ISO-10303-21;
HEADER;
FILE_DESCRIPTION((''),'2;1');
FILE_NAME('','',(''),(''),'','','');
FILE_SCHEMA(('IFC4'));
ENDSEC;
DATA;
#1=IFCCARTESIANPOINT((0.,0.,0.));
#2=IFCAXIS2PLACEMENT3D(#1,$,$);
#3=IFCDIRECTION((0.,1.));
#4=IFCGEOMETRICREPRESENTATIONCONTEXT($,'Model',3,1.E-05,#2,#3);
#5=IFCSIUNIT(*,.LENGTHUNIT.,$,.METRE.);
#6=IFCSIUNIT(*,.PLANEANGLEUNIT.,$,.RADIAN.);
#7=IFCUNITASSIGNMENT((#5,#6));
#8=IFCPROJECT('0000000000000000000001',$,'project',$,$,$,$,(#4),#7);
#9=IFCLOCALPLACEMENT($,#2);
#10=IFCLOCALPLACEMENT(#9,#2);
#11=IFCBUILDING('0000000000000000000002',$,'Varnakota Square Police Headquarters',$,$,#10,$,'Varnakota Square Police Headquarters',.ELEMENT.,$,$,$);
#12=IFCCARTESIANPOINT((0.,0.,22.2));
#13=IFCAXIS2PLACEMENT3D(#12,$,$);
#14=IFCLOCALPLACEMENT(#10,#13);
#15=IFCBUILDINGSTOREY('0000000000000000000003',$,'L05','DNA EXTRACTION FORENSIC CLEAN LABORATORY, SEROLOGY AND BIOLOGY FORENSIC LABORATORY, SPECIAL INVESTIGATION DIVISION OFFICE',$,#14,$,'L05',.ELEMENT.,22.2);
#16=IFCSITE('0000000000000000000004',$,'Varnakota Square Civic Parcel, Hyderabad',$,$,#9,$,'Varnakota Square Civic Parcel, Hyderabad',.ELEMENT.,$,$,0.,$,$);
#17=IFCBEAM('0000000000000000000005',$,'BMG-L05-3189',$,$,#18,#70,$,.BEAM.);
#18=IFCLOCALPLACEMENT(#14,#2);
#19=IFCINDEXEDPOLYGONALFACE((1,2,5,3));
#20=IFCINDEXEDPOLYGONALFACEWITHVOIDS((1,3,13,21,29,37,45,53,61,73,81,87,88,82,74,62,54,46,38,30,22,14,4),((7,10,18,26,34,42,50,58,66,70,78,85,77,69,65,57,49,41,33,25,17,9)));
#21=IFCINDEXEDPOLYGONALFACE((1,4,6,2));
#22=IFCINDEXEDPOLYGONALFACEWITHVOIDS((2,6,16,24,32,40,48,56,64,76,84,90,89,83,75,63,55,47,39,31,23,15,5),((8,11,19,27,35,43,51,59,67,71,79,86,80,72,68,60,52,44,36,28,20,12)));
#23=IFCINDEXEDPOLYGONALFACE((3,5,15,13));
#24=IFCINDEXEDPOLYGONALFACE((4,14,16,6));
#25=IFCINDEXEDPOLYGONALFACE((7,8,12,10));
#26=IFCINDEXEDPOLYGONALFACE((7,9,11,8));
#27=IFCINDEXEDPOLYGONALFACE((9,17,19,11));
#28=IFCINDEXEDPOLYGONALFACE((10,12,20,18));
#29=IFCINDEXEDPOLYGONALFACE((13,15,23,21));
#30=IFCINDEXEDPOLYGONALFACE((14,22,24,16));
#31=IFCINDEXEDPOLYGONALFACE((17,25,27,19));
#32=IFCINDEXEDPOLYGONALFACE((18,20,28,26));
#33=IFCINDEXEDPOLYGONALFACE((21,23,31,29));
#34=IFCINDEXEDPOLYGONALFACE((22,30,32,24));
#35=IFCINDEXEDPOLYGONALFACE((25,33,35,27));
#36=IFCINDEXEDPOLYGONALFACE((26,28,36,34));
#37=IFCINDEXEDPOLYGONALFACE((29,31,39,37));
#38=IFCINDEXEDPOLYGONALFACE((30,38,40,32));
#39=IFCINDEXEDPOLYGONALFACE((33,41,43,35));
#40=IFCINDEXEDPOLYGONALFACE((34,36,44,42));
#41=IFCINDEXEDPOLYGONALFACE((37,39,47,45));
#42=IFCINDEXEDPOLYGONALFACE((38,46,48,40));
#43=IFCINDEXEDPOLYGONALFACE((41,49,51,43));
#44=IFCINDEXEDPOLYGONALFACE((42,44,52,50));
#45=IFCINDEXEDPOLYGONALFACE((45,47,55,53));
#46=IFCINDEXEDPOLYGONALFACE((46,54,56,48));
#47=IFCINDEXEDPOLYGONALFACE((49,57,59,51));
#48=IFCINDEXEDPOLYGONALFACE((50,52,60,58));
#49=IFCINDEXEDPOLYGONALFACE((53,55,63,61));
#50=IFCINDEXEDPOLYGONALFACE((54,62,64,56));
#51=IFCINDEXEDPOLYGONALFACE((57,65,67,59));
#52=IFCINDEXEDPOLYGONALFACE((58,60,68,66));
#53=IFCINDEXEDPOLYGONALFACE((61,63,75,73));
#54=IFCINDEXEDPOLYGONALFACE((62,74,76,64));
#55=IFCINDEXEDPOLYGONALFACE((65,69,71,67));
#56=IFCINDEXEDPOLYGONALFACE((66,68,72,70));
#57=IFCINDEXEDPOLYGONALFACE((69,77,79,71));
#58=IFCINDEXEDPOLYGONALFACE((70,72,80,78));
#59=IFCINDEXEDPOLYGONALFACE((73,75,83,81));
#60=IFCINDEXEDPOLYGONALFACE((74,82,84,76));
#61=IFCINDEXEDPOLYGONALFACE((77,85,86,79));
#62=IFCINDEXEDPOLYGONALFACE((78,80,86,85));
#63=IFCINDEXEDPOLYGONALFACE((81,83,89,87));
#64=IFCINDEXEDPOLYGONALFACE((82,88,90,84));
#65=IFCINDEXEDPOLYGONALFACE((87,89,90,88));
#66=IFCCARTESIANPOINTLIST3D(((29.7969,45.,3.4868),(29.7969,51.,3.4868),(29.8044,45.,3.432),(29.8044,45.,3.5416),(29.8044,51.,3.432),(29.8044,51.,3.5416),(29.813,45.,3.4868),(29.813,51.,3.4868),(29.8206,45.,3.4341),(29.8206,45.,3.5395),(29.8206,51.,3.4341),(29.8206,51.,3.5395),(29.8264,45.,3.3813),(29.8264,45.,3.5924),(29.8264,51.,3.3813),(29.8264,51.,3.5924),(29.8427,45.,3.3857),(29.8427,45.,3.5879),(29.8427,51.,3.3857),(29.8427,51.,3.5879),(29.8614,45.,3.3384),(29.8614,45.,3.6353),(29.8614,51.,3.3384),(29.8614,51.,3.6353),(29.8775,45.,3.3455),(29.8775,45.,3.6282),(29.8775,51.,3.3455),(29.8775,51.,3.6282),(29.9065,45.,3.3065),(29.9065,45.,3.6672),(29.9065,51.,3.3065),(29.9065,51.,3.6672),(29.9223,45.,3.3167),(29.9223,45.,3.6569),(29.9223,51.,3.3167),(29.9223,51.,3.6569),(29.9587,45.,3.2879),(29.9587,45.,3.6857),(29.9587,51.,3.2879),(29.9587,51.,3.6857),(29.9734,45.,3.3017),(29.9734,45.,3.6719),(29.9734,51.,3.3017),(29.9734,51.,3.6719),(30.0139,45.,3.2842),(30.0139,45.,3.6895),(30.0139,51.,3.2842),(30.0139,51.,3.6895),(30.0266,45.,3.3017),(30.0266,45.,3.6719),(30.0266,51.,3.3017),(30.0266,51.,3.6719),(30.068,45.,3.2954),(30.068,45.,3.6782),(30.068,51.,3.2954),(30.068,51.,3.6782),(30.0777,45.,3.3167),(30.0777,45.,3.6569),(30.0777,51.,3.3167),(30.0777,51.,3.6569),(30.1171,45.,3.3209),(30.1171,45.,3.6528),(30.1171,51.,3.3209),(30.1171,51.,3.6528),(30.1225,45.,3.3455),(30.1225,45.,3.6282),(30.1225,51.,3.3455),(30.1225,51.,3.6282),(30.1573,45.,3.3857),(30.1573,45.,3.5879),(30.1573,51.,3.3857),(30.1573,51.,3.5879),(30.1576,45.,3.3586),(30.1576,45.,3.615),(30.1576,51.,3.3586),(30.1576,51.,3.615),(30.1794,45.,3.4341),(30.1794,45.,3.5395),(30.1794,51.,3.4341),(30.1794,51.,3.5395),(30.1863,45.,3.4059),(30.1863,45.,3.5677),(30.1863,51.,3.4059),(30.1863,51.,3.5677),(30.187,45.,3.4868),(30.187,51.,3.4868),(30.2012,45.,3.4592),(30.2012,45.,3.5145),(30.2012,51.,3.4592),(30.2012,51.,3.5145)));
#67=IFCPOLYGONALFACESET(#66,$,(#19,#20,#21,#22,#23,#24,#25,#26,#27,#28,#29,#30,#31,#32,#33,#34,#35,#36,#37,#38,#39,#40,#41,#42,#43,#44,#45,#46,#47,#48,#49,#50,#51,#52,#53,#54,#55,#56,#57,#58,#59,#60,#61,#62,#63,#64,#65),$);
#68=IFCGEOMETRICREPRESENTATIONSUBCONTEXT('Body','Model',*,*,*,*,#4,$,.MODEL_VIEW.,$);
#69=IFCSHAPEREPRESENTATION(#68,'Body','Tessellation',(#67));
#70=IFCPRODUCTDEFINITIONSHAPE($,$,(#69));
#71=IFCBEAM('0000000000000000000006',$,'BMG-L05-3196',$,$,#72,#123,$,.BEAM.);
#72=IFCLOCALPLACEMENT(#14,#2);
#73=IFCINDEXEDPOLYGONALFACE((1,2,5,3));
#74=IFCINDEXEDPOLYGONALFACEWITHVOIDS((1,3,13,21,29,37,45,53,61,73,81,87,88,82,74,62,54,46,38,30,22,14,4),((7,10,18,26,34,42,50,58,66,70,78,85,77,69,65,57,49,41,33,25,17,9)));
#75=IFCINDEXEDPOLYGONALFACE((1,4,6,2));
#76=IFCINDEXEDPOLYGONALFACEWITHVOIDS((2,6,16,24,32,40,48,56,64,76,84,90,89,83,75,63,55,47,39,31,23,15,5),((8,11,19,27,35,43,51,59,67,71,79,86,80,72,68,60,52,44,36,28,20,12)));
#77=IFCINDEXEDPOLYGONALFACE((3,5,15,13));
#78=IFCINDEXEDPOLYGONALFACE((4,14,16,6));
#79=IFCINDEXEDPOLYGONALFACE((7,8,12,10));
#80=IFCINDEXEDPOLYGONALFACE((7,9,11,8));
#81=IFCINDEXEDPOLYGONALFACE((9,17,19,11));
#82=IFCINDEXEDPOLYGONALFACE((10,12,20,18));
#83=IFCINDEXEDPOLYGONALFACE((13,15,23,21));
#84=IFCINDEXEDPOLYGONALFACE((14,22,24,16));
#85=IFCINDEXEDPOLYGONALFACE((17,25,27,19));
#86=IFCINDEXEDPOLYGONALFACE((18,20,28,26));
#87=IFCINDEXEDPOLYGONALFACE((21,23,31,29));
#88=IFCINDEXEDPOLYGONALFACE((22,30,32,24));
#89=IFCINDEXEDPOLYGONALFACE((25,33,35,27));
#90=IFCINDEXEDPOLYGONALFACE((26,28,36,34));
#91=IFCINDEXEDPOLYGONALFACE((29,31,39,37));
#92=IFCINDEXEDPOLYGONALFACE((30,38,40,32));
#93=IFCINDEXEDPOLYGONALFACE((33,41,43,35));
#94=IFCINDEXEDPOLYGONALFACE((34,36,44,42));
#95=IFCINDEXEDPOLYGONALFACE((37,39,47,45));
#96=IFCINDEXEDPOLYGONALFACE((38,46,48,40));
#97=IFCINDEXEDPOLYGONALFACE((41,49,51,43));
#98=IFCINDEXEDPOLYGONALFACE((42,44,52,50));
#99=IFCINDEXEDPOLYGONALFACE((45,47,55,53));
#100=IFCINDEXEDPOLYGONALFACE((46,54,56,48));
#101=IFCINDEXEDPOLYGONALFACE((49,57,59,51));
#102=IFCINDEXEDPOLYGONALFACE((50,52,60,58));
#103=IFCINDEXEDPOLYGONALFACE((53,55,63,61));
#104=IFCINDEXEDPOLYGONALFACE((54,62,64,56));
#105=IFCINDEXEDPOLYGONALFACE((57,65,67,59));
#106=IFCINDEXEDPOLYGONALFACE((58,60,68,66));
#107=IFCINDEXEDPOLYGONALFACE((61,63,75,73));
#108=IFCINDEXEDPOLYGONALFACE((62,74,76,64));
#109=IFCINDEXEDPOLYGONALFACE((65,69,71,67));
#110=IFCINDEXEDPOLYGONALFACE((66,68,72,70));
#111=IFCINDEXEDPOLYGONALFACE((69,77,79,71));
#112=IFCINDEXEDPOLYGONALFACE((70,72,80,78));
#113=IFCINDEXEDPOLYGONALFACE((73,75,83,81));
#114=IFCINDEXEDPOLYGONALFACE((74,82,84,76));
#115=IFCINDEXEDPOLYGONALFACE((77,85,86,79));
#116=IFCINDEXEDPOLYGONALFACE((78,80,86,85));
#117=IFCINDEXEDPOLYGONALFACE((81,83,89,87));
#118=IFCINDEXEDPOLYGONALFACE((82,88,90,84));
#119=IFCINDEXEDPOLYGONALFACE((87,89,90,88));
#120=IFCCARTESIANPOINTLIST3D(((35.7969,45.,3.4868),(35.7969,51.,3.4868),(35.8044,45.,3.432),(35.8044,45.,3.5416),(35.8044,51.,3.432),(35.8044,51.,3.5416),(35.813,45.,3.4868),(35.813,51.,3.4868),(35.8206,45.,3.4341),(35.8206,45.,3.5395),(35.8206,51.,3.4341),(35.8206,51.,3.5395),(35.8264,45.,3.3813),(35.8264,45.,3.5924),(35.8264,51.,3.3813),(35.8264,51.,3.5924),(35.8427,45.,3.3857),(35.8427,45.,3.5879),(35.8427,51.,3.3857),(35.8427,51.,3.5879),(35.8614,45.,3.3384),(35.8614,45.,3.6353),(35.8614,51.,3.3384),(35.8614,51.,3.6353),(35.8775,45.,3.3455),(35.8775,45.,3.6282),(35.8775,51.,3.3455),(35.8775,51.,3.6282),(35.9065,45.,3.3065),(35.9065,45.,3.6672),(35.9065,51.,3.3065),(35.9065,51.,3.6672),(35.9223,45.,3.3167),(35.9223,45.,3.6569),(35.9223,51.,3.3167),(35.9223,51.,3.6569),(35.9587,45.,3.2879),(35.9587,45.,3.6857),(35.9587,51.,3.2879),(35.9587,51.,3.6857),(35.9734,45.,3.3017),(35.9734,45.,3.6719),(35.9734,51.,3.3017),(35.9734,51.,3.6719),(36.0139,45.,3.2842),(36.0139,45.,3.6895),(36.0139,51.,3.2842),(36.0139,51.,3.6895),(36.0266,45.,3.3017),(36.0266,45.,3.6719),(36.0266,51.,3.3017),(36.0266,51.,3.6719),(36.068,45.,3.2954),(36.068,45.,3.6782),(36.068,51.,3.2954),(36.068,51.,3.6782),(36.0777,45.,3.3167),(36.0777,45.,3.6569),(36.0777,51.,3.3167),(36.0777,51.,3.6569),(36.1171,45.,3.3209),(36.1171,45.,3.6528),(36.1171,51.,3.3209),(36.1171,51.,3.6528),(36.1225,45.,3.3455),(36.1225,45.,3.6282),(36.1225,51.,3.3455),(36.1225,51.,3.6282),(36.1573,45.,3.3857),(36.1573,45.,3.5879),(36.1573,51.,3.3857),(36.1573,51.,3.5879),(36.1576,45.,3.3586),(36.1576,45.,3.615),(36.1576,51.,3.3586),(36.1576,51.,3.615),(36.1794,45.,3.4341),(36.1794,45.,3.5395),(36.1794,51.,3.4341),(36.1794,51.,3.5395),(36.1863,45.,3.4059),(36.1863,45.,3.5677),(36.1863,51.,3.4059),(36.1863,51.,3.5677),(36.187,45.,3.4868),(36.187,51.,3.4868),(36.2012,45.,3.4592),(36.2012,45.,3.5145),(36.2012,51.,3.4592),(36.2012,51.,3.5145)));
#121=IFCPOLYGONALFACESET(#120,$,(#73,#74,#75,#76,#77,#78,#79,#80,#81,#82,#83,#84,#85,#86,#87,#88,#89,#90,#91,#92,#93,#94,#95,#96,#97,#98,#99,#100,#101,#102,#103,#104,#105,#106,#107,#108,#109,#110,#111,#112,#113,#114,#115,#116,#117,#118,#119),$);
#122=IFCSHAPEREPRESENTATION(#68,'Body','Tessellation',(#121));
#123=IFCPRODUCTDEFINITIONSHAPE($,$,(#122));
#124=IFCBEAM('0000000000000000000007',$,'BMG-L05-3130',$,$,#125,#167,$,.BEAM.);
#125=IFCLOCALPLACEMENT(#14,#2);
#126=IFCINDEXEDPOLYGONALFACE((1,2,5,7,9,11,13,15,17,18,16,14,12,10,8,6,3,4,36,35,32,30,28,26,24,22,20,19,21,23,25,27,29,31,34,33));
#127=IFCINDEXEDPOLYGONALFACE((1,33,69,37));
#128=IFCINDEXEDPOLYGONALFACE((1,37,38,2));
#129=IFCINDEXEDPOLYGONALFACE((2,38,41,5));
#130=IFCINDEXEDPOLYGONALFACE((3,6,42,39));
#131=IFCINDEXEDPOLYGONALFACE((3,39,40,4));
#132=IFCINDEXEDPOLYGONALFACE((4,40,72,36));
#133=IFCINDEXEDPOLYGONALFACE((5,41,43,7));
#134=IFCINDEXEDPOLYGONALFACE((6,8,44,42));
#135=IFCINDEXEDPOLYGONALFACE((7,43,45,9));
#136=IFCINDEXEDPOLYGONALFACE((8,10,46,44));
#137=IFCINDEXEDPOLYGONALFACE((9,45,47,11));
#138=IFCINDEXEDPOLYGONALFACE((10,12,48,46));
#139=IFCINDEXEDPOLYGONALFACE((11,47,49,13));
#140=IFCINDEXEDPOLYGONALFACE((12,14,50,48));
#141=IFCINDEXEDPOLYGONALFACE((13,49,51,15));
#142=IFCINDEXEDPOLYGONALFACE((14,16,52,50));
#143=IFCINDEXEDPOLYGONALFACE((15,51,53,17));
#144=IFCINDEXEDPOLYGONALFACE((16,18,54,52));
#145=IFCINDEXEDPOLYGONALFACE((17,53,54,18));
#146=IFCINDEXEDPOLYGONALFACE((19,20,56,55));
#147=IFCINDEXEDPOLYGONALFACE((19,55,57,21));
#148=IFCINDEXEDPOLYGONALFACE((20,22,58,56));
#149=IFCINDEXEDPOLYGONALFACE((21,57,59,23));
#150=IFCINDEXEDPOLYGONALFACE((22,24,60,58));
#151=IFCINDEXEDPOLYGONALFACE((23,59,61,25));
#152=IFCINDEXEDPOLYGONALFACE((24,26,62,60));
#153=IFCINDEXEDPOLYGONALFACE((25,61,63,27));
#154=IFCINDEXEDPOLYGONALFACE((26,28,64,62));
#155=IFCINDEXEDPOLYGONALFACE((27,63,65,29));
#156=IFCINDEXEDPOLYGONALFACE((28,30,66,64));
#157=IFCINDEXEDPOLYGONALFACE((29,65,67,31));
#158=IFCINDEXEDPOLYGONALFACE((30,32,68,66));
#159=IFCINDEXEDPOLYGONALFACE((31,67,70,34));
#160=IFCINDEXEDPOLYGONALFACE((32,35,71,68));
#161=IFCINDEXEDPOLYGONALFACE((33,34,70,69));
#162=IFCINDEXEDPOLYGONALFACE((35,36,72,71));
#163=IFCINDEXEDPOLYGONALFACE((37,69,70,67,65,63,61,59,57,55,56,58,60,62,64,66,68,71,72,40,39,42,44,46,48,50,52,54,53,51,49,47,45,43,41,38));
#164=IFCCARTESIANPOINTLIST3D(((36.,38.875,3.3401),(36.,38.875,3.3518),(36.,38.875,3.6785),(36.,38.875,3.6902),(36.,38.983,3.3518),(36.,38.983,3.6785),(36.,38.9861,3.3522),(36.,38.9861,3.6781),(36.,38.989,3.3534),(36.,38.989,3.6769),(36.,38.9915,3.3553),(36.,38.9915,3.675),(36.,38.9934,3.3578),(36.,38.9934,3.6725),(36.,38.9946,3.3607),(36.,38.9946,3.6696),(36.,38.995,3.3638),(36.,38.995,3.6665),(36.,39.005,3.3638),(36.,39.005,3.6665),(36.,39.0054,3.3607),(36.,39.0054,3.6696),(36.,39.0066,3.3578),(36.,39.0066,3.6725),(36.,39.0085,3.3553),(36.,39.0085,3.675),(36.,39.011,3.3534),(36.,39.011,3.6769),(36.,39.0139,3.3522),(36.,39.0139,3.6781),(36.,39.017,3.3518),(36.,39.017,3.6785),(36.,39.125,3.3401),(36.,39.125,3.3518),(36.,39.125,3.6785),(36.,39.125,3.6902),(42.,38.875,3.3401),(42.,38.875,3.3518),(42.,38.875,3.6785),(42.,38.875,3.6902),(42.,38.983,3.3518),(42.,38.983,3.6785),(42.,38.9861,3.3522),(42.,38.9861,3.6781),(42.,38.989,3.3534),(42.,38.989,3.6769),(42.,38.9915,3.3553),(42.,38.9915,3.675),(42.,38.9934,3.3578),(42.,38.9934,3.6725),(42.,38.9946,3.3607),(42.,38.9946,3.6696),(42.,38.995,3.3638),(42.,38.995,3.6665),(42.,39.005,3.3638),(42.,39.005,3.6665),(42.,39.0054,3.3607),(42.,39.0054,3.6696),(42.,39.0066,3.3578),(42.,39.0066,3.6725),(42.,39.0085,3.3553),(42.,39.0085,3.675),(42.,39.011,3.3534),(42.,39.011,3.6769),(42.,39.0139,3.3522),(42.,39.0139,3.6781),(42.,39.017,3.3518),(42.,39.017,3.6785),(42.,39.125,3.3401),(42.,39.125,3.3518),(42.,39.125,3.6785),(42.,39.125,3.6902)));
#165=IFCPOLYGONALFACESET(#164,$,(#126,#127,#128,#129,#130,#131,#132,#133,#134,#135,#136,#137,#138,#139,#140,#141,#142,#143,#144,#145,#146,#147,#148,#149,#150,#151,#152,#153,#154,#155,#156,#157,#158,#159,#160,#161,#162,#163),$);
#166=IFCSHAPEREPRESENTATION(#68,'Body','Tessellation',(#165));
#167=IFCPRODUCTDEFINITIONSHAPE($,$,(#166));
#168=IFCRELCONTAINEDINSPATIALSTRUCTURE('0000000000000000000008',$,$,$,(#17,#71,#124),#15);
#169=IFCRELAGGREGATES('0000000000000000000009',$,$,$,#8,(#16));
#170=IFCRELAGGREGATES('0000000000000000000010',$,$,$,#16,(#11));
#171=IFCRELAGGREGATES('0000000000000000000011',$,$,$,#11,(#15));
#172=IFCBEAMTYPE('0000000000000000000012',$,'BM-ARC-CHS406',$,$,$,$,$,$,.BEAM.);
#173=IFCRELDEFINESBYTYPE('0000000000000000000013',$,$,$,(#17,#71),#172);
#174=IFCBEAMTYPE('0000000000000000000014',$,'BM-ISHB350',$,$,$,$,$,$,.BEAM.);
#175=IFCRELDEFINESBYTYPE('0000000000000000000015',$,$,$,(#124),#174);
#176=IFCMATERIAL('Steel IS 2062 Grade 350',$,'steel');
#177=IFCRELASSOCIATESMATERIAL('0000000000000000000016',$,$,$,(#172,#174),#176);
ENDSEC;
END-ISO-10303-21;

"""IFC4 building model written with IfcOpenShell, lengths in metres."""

from ifc_helpers import new_model, si_unit, direction, frame, origin, origin_2d, place, context, subcontext, project, spatial, hollow_circle, i_section, extrude, material, material_profile, profile_set, type_object, element, save


model = new_model("IFC4")

# Units and contexts
model_context = context("Model", 3, precision=1e-05, world=origin(), true_north=direction((0.0, 1.0)))
body_context = subcontext(model_context, "Body", "Model", "MODEL_VIEW")
ifc_project = project(units=[si_unit("LENGTHUNIT", "METRE"), si_unit("PLANEANGLEUNIT", "RADIAN")], contexts=[model_context])

# Site, building, storey
site_placement = place(None, origin())
site = spatial("IfcSite", under=ifc_project, at=site_placement, Name="Varnakota Square Civic Parcel, Hyderabad", LongName="Varnakota Square Civic Parcel, Hyderabad", CompositionType="ELEMENT", RefElevation=0.0)
building_placement = place(site_placement, origin())
building = spatial("IfcBuilding", under=site, at=building_placement, Name="Varnakota Square Police Headquarters", LongName="Varnakota Square Police Headquarters", CompositionType="ELEMENT")
storey_placement = place(building_placement, frame((0.0, 0.0, 22.2)))
storey = spatial("IfcBuildingStorey", under=building, at=storey_placement, Name="L05", Description="DNA EXTRACTION FORENSIC CLEAN LABORATORY, SEROLOGY AND BIOLOGY FORENSIC LABORATORY, SPECIAL INVESTIGATION DIVISION OFFICE", LongName="L05", CompositionType="ELEMENT", Elevation=22.2)

# Shared definitions
ifc_material_1 = material(Name="Steel IS 2062 Grade 350", Category="steel")

# Beams
ifc_material_profile_1 = material_profile(ifc_material_1, hollow_circle(Radius=0.2031, WallThickness=0.0161, at=origin_2d()), Name="CHS 406.4x16.0")
ifc_profile_set_1 = profile_set([ifc_material_profile_1], Name="Steel IS 2062 Grade 350")
beam_type_1 = type_object("IfcBeamType", Name="BM-ARC-CHS406", PredefinedType="BEAM", material=ifc_profile_set_1)
for number, where, z_axis, x_axis, name in (
    (1, (30.0, 45.0, 3.4868), (0.0, 1.0, 0.0), (-1.0, 0.0, 0.0), "BMG-L05-3189"),
    (2, (36.0, 45.0, 3.4868), (0.0, 1.0, 0.0), (-1.0, 0.0, 0.0), "BMG-L05-3196"),
):
    element("IfcBeam", number, at=place(storey_placement, frame(where, z_axis=z_axis, x_axis=x_axis)), inside=storey, type_object=beam_type_1, Name=name, PredefinedType="BEAM", context=body_context, shape_type="SweptSolid", body=[
        extrude(hollow_circle(Radius=0.2031, WallThickness=0.0161, at=origin_2d()), origin(), (0.0, 0.0, 1.0), 6.0),
    ])
ifc_material_profile_2 = material_profile(ifc_material_1, i_section(OverallWidth=0.25, OverallDepth=0.3501, WebThickness=0.01, FlangeThickness=0.0117, FilletRadius=0.012, at=origin_2d()), Name="ISHB 350")
ifc_profile_set_2 = profile_set([ifc_material_profile_2], Name="Steel IS 2062 Grade 350")
beam_type_2 = type_object("IfcBeamType", Name="BM-ISHB350", PredefinedType="BEAM", material=ifc_profile_set_2)
beam_1_placement = place(storey_placement, frame((36.0, 39.0, 3.5151), z_axis=(1.0, 0.0, 0.0), x_axis=(0.0, 1.0, 0.0)))
element("IfcBeam", 3, at=beam_1_placement, inside=storey, type_object=beam_type_2, Name="BMG-L05-3130", PredefinedType="BEAM", context=body_context, shape_type="SweptSolid", body=[
    extrude(i_section(OverallWidth=0.25, OverallDepth=0.3501, WebThickness=0.01, FlangeThickness=0.0117, FilletRadius=0.012, at=origin_2d()), origin(), (0.0, 0.0, 1.0), 6.0),
])

save(model, "model.ifc")
